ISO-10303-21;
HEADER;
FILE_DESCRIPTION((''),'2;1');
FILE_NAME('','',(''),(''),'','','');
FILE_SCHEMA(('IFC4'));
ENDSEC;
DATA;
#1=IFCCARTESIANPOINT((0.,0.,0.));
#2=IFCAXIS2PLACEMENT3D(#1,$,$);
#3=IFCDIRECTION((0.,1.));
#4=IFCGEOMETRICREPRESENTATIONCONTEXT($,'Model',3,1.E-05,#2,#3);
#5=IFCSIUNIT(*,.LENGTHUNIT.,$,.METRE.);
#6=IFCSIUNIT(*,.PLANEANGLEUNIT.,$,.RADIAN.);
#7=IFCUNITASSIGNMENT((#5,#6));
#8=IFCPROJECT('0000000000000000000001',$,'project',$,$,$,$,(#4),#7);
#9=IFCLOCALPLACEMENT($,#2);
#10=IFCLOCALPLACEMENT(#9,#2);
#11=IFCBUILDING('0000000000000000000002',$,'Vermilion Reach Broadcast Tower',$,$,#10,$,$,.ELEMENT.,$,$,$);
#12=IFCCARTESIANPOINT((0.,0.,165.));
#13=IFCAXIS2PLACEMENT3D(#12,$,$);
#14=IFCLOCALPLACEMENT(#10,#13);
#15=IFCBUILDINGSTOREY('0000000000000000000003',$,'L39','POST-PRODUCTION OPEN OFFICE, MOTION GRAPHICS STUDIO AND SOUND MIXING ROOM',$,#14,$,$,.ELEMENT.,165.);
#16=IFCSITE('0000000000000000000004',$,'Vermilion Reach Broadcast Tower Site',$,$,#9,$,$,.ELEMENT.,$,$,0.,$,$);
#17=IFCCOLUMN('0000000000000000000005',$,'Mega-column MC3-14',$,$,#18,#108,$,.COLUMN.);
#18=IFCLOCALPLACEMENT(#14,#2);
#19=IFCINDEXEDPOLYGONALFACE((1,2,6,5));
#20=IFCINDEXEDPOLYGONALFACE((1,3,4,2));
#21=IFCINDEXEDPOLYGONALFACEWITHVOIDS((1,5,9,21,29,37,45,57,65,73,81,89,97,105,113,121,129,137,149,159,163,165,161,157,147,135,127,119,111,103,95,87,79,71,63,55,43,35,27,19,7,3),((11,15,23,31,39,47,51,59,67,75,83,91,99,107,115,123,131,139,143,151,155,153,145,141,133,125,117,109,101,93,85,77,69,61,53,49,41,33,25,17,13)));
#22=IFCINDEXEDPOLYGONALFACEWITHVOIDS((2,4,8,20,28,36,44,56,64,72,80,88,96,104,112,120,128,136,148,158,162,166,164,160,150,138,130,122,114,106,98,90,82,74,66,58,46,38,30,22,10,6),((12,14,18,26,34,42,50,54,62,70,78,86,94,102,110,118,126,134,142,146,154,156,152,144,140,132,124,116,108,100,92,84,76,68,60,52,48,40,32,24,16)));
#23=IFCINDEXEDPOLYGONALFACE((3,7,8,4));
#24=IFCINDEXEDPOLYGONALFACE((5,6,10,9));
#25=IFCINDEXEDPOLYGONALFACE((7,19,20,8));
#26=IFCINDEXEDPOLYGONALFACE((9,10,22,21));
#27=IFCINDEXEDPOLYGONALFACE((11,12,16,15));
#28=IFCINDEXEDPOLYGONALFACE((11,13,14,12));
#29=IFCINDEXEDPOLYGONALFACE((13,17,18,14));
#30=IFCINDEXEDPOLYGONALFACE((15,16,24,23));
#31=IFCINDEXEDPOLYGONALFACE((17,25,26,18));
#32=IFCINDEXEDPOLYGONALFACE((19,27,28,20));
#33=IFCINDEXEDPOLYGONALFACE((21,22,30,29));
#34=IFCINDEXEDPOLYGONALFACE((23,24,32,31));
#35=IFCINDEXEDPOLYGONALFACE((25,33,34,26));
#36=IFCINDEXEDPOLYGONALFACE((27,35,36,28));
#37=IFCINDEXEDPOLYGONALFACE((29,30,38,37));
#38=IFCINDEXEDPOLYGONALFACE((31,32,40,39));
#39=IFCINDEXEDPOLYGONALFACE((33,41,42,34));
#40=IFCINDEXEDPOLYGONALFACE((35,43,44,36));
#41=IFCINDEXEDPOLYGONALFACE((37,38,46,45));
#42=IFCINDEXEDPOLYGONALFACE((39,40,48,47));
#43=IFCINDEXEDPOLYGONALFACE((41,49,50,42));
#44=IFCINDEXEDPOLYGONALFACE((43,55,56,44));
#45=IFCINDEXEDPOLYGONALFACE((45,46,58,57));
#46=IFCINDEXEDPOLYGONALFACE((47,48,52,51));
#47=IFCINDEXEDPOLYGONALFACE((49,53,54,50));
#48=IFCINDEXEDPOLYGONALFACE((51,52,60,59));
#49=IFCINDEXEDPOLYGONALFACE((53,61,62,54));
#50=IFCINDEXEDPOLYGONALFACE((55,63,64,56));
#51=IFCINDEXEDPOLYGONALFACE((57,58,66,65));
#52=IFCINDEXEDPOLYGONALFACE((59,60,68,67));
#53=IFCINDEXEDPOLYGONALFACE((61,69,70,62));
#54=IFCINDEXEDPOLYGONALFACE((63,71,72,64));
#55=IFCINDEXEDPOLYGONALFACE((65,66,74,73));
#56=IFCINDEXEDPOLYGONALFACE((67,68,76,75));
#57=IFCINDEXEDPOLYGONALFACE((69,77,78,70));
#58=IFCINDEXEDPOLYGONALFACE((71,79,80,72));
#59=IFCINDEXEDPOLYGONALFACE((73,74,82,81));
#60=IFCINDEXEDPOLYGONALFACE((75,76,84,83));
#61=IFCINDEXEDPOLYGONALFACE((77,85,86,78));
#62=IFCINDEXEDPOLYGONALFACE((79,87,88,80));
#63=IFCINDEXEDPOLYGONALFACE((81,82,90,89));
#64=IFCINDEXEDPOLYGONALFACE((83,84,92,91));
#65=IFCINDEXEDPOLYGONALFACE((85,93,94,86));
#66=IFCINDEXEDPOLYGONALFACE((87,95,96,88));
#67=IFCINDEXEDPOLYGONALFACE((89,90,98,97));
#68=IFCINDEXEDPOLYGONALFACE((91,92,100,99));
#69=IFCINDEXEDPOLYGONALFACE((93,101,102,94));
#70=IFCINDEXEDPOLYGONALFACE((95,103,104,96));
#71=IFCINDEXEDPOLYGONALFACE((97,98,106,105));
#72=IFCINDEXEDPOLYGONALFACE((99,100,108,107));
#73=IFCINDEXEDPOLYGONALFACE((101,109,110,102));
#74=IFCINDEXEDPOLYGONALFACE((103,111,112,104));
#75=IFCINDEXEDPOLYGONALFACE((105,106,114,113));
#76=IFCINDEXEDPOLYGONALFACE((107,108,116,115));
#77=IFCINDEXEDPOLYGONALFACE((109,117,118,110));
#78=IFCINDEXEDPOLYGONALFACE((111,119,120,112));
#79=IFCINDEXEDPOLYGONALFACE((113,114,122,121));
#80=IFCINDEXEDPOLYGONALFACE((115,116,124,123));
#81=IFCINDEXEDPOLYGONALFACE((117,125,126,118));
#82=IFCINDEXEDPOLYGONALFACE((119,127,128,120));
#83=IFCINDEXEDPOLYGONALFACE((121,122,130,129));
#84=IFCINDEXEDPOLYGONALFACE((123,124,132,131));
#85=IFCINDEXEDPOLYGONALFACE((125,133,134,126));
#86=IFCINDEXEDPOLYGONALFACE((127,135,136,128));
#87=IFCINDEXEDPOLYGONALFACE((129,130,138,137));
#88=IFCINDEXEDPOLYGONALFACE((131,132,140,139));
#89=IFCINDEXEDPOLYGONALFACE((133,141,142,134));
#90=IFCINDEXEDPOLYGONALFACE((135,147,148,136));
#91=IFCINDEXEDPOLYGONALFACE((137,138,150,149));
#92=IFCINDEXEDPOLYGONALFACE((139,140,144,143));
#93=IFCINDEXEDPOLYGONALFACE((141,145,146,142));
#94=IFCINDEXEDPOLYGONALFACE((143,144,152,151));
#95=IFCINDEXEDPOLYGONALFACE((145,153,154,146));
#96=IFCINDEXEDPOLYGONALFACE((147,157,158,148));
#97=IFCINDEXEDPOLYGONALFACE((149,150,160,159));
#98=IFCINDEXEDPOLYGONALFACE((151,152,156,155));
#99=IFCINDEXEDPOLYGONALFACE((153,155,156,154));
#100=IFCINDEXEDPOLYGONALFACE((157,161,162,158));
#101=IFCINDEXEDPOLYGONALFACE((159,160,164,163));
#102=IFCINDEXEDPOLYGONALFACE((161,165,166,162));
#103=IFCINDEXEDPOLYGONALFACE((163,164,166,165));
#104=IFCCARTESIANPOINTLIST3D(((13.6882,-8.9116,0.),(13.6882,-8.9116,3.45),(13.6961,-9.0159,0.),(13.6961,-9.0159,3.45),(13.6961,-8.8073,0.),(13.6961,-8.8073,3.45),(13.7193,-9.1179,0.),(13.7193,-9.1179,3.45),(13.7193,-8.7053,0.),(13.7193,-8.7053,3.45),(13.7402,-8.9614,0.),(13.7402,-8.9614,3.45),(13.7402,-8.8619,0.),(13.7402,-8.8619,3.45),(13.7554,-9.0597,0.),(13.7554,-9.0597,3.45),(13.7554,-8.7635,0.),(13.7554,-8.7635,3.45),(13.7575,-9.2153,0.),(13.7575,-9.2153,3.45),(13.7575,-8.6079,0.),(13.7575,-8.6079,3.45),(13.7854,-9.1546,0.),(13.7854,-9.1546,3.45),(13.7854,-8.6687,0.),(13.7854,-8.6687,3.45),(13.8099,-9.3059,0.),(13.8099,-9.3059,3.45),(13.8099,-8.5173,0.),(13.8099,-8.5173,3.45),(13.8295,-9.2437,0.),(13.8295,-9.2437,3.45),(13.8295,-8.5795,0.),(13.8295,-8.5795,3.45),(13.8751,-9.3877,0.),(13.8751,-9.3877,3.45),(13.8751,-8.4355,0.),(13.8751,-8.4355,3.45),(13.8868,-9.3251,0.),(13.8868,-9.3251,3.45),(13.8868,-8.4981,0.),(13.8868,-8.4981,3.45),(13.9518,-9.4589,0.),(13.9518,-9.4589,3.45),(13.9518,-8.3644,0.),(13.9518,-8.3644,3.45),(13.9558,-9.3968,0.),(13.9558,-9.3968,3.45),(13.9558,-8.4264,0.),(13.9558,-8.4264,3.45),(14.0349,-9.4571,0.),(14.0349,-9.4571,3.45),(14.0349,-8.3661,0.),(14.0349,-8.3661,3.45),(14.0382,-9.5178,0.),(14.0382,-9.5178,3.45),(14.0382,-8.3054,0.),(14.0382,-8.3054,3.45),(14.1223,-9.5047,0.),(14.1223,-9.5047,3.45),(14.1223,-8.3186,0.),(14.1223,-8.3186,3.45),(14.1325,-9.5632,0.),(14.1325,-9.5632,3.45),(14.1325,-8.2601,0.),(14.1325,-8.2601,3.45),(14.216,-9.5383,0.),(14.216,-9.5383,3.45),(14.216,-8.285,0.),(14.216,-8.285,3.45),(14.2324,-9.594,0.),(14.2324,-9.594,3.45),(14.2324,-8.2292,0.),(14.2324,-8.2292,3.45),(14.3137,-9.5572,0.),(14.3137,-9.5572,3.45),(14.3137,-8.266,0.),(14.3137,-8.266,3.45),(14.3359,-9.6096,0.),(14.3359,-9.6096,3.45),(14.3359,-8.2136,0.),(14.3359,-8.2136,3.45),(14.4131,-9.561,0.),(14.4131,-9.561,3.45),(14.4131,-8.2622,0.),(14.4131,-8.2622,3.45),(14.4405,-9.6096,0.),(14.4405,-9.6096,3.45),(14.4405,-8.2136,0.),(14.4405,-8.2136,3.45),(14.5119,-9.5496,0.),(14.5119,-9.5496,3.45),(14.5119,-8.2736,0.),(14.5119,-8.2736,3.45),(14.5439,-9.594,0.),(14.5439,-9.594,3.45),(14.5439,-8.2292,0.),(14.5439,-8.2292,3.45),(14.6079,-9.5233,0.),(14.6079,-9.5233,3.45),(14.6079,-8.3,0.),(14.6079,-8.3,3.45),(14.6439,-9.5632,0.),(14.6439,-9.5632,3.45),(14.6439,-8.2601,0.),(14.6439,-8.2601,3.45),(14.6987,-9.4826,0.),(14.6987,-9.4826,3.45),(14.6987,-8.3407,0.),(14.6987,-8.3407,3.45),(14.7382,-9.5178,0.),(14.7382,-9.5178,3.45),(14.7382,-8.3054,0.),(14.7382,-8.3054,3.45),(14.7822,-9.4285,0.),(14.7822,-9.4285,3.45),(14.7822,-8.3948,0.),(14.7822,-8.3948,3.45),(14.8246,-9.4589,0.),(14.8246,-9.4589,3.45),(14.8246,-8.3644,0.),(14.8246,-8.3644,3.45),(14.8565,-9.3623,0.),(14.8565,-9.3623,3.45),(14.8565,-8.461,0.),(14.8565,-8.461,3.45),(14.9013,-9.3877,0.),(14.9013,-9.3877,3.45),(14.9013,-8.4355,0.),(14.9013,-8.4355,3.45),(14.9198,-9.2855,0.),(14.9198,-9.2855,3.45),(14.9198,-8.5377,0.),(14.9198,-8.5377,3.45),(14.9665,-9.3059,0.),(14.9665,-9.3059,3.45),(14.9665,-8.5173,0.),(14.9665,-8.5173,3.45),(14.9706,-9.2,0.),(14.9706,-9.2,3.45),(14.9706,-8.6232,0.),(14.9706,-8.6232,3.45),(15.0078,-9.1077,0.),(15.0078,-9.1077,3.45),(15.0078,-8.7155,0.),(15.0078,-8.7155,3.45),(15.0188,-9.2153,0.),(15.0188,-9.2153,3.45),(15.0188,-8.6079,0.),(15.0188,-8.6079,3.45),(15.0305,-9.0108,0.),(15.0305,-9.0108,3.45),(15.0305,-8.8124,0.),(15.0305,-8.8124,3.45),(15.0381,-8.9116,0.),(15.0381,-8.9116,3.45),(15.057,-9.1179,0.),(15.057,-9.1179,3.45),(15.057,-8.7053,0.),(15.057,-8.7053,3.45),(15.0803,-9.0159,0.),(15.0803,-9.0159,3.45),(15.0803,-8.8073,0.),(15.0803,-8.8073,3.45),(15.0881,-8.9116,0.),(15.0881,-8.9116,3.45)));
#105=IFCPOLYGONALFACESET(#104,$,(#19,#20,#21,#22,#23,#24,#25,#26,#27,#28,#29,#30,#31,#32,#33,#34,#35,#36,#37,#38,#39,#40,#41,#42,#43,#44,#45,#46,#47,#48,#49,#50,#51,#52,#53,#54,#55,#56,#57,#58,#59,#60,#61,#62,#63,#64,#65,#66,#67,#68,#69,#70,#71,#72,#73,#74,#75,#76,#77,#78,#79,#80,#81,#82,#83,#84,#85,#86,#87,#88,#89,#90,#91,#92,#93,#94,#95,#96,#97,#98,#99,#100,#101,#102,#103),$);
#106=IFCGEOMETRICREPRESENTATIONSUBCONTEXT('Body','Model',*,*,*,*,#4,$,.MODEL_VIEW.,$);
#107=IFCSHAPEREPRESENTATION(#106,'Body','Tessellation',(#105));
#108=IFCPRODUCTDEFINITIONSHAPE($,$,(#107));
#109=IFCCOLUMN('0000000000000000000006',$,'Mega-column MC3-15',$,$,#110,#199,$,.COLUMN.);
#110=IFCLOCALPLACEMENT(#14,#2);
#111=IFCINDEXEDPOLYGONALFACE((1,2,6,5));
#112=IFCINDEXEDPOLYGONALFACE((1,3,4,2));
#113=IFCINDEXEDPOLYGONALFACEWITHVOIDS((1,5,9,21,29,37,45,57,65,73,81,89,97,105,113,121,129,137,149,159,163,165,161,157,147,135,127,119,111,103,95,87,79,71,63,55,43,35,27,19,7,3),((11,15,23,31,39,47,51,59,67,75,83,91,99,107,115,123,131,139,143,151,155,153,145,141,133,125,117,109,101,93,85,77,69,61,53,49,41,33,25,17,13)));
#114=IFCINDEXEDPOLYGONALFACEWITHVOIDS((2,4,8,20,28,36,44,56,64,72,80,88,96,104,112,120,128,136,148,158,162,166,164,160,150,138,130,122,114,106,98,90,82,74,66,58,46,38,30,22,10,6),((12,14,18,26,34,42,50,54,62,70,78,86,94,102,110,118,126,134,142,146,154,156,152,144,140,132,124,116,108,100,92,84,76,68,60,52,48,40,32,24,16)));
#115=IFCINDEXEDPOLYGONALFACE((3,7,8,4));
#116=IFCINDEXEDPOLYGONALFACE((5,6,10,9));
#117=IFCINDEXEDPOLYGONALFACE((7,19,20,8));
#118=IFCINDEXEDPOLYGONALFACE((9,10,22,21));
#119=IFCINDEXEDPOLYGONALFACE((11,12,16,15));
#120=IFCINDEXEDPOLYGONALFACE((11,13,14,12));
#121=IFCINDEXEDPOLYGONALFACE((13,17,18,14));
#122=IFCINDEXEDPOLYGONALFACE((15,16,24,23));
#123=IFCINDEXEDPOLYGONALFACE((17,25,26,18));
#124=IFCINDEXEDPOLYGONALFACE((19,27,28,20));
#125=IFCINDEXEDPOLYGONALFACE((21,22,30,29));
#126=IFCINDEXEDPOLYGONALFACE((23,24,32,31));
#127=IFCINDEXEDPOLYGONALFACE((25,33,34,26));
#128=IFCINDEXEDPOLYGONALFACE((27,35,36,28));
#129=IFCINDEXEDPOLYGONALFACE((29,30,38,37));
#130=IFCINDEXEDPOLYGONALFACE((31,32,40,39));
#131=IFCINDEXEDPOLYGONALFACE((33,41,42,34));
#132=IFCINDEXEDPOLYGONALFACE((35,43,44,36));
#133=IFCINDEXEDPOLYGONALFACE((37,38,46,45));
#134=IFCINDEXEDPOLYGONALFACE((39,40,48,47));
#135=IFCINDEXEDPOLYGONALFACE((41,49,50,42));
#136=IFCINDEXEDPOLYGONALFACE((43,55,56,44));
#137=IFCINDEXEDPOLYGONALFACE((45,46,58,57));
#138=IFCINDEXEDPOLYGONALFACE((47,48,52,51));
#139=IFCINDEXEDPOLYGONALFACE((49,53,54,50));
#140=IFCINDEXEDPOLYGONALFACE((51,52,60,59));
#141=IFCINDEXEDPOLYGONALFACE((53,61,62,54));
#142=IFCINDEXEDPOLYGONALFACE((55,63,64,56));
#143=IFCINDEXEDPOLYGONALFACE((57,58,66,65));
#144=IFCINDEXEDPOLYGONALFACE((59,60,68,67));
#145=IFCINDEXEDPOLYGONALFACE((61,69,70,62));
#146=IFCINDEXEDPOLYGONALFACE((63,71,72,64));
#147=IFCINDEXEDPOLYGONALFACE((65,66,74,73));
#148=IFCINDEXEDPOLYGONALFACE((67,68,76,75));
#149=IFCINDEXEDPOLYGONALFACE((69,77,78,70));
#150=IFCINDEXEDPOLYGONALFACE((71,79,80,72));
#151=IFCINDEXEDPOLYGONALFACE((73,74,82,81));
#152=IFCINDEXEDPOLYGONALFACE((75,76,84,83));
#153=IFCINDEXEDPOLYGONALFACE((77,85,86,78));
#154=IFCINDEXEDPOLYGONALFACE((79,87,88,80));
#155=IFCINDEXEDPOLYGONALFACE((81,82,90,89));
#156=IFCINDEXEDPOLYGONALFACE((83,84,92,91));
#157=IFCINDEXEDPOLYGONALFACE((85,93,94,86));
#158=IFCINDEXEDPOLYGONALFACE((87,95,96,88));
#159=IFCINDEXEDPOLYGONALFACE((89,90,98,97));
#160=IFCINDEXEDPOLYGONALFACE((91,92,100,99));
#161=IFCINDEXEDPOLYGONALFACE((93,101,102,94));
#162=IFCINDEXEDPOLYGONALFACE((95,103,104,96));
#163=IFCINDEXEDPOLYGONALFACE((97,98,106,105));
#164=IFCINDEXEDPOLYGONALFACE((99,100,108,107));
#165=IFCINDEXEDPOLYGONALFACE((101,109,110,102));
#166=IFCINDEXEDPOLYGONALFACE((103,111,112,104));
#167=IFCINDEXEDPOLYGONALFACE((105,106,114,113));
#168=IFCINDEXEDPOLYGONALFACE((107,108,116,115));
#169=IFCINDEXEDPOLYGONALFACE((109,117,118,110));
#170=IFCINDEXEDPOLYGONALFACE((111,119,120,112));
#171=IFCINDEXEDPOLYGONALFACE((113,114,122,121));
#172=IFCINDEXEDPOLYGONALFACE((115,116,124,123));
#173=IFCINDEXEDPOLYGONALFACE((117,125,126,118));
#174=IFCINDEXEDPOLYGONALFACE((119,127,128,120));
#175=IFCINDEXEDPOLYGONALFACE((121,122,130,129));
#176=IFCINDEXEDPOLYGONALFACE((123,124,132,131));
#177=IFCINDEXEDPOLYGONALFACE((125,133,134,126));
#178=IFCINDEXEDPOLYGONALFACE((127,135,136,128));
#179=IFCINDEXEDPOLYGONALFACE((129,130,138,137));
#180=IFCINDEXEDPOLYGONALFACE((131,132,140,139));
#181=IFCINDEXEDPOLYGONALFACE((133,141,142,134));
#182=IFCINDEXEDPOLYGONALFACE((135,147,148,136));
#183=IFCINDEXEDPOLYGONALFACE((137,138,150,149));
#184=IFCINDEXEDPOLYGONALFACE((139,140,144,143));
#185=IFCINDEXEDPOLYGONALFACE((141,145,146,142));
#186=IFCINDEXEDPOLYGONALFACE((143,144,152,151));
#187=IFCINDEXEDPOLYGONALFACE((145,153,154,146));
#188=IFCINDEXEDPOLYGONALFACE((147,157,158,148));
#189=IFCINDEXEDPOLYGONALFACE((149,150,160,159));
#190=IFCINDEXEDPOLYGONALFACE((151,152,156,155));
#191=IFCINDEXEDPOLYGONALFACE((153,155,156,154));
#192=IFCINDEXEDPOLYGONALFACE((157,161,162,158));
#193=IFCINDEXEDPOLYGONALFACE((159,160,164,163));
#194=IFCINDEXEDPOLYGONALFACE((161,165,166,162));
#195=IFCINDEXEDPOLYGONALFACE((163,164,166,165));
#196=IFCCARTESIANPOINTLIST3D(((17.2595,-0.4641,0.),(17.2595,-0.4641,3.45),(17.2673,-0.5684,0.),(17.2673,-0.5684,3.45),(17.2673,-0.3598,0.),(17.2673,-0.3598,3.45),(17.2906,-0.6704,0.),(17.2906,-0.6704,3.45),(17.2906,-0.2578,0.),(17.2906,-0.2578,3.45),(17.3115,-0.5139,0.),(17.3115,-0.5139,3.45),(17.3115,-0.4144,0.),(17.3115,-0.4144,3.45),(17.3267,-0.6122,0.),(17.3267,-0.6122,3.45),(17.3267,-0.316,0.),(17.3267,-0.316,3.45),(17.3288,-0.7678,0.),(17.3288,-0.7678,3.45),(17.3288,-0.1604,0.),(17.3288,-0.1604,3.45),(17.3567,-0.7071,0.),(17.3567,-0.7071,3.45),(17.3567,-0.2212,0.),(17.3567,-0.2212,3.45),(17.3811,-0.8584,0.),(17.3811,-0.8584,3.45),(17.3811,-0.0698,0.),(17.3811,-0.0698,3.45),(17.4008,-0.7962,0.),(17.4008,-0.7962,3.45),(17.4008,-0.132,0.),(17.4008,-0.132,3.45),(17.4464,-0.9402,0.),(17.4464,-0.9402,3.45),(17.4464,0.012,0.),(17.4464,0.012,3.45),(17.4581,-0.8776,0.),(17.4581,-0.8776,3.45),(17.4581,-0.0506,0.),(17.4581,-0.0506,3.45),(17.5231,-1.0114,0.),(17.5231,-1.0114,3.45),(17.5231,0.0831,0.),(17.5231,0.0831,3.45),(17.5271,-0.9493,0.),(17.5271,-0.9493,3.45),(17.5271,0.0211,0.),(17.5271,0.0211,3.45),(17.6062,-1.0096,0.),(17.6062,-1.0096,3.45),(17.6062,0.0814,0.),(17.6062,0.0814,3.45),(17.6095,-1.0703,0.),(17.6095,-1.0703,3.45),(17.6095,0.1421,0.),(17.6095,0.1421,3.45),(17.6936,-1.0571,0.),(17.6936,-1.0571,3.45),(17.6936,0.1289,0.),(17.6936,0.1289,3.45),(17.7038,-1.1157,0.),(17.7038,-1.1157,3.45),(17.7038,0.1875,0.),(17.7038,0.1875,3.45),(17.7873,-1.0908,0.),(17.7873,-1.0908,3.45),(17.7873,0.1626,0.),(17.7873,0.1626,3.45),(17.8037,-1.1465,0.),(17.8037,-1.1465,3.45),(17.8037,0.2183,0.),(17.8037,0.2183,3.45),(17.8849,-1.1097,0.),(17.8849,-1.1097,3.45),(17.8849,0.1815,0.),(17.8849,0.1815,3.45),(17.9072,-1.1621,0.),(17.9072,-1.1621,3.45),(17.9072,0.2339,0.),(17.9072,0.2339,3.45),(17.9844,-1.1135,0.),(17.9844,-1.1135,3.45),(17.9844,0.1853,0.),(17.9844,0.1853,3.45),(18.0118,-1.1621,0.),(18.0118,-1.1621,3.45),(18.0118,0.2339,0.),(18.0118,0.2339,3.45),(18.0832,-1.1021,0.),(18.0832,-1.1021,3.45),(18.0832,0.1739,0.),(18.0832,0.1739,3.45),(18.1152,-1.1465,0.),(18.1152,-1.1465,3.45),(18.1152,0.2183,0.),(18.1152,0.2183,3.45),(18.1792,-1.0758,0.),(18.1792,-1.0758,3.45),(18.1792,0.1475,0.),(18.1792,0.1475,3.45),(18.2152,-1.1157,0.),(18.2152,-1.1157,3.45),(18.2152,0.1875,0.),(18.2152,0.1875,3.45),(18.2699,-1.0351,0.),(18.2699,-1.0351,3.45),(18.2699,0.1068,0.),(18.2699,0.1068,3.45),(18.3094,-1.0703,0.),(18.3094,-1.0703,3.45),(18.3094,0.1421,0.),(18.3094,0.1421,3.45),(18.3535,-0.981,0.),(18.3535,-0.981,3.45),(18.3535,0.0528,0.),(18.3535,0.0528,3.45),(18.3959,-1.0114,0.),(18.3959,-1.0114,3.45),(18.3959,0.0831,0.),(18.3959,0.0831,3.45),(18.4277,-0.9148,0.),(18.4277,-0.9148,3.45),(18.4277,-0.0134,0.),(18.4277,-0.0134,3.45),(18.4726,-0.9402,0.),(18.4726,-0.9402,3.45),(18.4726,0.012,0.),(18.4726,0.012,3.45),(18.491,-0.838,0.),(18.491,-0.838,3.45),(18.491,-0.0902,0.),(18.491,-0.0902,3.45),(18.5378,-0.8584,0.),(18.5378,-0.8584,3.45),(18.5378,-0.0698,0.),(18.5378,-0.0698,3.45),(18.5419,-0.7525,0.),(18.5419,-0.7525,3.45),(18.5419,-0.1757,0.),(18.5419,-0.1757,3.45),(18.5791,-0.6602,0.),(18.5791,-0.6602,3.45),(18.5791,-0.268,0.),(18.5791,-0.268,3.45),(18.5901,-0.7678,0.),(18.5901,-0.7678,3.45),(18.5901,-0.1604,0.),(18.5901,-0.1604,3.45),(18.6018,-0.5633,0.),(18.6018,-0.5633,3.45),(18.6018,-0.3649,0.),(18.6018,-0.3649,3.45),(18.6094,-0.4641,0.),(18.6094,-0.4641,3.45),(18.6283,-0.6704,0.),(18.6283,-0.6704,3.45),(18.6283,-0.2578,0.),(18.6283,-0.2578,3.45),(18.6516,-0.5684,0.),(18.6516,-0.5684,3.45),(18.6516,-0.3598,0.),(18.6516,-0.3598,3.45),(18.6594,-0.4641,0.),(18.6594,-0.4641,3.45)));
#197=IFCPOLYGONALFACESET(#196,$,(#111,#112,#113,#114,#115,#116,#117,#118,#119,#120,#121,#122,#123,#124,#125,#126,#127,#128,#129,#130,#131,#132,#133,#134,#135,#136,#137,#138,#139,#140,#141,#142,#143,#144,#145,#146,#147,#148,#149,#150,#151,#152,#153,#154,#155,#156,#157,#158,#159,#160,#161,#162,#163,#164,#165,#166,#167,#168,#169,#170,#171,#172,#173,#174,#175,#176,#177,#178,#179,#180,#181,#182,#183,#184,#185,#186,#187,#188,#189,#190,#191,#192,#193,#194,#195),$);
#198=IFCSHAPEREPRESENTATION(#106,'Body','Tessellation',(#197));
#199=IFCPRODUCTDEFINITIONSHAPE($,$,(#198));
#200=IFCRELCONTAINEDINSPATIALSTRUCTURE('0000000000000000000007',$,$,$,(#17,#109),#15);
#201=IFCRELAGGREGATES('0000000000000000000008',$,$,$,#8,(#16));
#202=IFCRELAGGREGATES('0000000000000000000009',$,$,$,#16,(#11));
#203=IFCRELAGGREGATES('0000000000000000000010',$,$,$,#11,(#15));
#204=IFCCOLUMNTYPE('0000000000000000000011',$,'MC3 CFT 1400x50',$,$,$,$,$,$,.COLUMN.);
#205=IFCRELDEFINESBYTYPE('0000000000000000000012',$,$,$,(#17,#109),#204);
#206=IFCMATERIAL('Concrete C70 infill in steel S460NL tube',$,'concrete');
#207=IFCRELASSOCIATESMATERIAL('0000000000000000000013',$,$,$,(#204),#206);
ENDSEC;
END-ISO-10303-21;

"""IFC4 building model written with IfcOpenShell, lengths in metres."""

from ifc_helpers import new_model, si_unit, direction, frame, origin, origin_2d, place, context, subcontext, project, spatial, hollow_circle, extrude, material, material_profile, profile_set, type_object, element, save


model = new_model("IFC4")

# Units and contexts
model_context = context("Model", 3, precision=1e-05, world=origin(), true_north=direction((0.0, 1.0)))
body_context = subcontext(model_context, "Body", "Model", "MODEL_VIEW")
ifc_project = project(units=[si_unit("LENGTHUNIT", "METRE"), si_unit("PLANEANGLEUNIT", "RADIAN")], contexts=[model_context])

# Site, building, storey
site_placement = place(None, origin())
site = spatial("IfcSite", under=ifc_project, at=site_placement, Name="Vermilion Reach Broadcast Tower Site", CompositionType="ELEMENT", RefElevation=0.0)
building_placement = place(site_placement, origin())
building = spatial("IfcBuilding", under=site, at=building_placement, Name="Vermilion Reach Broadcast Tower", CompositionType="ELEMENT")
storey_placement = place(building_placement, frame((0.0, 0.0, 165.0)))
storey = spatial("IfcBuildingStorey", under=building, at=storey_placement, Name="L39", Description="POST-PRODUCTION OPEN OFFICE, MOTION GRAPHICS STUDIO AND SOUND MIXING ROOM", CompositionType="ELEMENT", Elevation=165.0)

# Columns
ifc_material_1 = material(Name="Concrete C70 infill in steel S460NL tube", Category="concrete")
ifc_material_profile_1 = material_profile(ifc_material_1, hollow_circle(Radius=0.7, WallThickness=0.05, at=origin_2d()), Name="Concrete C70 infill in steel S460NL tube CFT 1400x50")
ifc_profile_set_1 = profile_set([ifc_material_profile_1], Name="Concrete C70 infill in steel S460NL tube")
column_type = type_object("IfcColumnType", Name="MC3 CFT 1400x50", PredefinedType="COLUMN", material=ifc_profile_set_1)
for number, where, z_axis, x_axis, name in (
    (1, (14.3882, -8.9116, 0.0), (0.0, 0.0, 1.0), (1.0, 0.0, 0.0), "Mega-column MC3-14"),
    (2, (17.9595, -0.4641, 0.0), (0.0, 0.0, 1.0), (1.0, 0.0, 0.0), "Mega-column MC3-15"),
):
    element("IfcColumn", number, at=place(storey_placement, frame(where, z_axis=z_axis, x_axis=x_axis)), inside=storey, type_object=column_type, Name=name, PredefinedType="COLUMN", context=body_context, shape_type="SweptSolid", body=[
        extrude(hollow_circle(Radius=0.7, WallThickness=0.05, at=origin_2d()), origin(), (0.0, 0.0, 1.0), 3.45),
    ])

save(model, "model.ifc")
